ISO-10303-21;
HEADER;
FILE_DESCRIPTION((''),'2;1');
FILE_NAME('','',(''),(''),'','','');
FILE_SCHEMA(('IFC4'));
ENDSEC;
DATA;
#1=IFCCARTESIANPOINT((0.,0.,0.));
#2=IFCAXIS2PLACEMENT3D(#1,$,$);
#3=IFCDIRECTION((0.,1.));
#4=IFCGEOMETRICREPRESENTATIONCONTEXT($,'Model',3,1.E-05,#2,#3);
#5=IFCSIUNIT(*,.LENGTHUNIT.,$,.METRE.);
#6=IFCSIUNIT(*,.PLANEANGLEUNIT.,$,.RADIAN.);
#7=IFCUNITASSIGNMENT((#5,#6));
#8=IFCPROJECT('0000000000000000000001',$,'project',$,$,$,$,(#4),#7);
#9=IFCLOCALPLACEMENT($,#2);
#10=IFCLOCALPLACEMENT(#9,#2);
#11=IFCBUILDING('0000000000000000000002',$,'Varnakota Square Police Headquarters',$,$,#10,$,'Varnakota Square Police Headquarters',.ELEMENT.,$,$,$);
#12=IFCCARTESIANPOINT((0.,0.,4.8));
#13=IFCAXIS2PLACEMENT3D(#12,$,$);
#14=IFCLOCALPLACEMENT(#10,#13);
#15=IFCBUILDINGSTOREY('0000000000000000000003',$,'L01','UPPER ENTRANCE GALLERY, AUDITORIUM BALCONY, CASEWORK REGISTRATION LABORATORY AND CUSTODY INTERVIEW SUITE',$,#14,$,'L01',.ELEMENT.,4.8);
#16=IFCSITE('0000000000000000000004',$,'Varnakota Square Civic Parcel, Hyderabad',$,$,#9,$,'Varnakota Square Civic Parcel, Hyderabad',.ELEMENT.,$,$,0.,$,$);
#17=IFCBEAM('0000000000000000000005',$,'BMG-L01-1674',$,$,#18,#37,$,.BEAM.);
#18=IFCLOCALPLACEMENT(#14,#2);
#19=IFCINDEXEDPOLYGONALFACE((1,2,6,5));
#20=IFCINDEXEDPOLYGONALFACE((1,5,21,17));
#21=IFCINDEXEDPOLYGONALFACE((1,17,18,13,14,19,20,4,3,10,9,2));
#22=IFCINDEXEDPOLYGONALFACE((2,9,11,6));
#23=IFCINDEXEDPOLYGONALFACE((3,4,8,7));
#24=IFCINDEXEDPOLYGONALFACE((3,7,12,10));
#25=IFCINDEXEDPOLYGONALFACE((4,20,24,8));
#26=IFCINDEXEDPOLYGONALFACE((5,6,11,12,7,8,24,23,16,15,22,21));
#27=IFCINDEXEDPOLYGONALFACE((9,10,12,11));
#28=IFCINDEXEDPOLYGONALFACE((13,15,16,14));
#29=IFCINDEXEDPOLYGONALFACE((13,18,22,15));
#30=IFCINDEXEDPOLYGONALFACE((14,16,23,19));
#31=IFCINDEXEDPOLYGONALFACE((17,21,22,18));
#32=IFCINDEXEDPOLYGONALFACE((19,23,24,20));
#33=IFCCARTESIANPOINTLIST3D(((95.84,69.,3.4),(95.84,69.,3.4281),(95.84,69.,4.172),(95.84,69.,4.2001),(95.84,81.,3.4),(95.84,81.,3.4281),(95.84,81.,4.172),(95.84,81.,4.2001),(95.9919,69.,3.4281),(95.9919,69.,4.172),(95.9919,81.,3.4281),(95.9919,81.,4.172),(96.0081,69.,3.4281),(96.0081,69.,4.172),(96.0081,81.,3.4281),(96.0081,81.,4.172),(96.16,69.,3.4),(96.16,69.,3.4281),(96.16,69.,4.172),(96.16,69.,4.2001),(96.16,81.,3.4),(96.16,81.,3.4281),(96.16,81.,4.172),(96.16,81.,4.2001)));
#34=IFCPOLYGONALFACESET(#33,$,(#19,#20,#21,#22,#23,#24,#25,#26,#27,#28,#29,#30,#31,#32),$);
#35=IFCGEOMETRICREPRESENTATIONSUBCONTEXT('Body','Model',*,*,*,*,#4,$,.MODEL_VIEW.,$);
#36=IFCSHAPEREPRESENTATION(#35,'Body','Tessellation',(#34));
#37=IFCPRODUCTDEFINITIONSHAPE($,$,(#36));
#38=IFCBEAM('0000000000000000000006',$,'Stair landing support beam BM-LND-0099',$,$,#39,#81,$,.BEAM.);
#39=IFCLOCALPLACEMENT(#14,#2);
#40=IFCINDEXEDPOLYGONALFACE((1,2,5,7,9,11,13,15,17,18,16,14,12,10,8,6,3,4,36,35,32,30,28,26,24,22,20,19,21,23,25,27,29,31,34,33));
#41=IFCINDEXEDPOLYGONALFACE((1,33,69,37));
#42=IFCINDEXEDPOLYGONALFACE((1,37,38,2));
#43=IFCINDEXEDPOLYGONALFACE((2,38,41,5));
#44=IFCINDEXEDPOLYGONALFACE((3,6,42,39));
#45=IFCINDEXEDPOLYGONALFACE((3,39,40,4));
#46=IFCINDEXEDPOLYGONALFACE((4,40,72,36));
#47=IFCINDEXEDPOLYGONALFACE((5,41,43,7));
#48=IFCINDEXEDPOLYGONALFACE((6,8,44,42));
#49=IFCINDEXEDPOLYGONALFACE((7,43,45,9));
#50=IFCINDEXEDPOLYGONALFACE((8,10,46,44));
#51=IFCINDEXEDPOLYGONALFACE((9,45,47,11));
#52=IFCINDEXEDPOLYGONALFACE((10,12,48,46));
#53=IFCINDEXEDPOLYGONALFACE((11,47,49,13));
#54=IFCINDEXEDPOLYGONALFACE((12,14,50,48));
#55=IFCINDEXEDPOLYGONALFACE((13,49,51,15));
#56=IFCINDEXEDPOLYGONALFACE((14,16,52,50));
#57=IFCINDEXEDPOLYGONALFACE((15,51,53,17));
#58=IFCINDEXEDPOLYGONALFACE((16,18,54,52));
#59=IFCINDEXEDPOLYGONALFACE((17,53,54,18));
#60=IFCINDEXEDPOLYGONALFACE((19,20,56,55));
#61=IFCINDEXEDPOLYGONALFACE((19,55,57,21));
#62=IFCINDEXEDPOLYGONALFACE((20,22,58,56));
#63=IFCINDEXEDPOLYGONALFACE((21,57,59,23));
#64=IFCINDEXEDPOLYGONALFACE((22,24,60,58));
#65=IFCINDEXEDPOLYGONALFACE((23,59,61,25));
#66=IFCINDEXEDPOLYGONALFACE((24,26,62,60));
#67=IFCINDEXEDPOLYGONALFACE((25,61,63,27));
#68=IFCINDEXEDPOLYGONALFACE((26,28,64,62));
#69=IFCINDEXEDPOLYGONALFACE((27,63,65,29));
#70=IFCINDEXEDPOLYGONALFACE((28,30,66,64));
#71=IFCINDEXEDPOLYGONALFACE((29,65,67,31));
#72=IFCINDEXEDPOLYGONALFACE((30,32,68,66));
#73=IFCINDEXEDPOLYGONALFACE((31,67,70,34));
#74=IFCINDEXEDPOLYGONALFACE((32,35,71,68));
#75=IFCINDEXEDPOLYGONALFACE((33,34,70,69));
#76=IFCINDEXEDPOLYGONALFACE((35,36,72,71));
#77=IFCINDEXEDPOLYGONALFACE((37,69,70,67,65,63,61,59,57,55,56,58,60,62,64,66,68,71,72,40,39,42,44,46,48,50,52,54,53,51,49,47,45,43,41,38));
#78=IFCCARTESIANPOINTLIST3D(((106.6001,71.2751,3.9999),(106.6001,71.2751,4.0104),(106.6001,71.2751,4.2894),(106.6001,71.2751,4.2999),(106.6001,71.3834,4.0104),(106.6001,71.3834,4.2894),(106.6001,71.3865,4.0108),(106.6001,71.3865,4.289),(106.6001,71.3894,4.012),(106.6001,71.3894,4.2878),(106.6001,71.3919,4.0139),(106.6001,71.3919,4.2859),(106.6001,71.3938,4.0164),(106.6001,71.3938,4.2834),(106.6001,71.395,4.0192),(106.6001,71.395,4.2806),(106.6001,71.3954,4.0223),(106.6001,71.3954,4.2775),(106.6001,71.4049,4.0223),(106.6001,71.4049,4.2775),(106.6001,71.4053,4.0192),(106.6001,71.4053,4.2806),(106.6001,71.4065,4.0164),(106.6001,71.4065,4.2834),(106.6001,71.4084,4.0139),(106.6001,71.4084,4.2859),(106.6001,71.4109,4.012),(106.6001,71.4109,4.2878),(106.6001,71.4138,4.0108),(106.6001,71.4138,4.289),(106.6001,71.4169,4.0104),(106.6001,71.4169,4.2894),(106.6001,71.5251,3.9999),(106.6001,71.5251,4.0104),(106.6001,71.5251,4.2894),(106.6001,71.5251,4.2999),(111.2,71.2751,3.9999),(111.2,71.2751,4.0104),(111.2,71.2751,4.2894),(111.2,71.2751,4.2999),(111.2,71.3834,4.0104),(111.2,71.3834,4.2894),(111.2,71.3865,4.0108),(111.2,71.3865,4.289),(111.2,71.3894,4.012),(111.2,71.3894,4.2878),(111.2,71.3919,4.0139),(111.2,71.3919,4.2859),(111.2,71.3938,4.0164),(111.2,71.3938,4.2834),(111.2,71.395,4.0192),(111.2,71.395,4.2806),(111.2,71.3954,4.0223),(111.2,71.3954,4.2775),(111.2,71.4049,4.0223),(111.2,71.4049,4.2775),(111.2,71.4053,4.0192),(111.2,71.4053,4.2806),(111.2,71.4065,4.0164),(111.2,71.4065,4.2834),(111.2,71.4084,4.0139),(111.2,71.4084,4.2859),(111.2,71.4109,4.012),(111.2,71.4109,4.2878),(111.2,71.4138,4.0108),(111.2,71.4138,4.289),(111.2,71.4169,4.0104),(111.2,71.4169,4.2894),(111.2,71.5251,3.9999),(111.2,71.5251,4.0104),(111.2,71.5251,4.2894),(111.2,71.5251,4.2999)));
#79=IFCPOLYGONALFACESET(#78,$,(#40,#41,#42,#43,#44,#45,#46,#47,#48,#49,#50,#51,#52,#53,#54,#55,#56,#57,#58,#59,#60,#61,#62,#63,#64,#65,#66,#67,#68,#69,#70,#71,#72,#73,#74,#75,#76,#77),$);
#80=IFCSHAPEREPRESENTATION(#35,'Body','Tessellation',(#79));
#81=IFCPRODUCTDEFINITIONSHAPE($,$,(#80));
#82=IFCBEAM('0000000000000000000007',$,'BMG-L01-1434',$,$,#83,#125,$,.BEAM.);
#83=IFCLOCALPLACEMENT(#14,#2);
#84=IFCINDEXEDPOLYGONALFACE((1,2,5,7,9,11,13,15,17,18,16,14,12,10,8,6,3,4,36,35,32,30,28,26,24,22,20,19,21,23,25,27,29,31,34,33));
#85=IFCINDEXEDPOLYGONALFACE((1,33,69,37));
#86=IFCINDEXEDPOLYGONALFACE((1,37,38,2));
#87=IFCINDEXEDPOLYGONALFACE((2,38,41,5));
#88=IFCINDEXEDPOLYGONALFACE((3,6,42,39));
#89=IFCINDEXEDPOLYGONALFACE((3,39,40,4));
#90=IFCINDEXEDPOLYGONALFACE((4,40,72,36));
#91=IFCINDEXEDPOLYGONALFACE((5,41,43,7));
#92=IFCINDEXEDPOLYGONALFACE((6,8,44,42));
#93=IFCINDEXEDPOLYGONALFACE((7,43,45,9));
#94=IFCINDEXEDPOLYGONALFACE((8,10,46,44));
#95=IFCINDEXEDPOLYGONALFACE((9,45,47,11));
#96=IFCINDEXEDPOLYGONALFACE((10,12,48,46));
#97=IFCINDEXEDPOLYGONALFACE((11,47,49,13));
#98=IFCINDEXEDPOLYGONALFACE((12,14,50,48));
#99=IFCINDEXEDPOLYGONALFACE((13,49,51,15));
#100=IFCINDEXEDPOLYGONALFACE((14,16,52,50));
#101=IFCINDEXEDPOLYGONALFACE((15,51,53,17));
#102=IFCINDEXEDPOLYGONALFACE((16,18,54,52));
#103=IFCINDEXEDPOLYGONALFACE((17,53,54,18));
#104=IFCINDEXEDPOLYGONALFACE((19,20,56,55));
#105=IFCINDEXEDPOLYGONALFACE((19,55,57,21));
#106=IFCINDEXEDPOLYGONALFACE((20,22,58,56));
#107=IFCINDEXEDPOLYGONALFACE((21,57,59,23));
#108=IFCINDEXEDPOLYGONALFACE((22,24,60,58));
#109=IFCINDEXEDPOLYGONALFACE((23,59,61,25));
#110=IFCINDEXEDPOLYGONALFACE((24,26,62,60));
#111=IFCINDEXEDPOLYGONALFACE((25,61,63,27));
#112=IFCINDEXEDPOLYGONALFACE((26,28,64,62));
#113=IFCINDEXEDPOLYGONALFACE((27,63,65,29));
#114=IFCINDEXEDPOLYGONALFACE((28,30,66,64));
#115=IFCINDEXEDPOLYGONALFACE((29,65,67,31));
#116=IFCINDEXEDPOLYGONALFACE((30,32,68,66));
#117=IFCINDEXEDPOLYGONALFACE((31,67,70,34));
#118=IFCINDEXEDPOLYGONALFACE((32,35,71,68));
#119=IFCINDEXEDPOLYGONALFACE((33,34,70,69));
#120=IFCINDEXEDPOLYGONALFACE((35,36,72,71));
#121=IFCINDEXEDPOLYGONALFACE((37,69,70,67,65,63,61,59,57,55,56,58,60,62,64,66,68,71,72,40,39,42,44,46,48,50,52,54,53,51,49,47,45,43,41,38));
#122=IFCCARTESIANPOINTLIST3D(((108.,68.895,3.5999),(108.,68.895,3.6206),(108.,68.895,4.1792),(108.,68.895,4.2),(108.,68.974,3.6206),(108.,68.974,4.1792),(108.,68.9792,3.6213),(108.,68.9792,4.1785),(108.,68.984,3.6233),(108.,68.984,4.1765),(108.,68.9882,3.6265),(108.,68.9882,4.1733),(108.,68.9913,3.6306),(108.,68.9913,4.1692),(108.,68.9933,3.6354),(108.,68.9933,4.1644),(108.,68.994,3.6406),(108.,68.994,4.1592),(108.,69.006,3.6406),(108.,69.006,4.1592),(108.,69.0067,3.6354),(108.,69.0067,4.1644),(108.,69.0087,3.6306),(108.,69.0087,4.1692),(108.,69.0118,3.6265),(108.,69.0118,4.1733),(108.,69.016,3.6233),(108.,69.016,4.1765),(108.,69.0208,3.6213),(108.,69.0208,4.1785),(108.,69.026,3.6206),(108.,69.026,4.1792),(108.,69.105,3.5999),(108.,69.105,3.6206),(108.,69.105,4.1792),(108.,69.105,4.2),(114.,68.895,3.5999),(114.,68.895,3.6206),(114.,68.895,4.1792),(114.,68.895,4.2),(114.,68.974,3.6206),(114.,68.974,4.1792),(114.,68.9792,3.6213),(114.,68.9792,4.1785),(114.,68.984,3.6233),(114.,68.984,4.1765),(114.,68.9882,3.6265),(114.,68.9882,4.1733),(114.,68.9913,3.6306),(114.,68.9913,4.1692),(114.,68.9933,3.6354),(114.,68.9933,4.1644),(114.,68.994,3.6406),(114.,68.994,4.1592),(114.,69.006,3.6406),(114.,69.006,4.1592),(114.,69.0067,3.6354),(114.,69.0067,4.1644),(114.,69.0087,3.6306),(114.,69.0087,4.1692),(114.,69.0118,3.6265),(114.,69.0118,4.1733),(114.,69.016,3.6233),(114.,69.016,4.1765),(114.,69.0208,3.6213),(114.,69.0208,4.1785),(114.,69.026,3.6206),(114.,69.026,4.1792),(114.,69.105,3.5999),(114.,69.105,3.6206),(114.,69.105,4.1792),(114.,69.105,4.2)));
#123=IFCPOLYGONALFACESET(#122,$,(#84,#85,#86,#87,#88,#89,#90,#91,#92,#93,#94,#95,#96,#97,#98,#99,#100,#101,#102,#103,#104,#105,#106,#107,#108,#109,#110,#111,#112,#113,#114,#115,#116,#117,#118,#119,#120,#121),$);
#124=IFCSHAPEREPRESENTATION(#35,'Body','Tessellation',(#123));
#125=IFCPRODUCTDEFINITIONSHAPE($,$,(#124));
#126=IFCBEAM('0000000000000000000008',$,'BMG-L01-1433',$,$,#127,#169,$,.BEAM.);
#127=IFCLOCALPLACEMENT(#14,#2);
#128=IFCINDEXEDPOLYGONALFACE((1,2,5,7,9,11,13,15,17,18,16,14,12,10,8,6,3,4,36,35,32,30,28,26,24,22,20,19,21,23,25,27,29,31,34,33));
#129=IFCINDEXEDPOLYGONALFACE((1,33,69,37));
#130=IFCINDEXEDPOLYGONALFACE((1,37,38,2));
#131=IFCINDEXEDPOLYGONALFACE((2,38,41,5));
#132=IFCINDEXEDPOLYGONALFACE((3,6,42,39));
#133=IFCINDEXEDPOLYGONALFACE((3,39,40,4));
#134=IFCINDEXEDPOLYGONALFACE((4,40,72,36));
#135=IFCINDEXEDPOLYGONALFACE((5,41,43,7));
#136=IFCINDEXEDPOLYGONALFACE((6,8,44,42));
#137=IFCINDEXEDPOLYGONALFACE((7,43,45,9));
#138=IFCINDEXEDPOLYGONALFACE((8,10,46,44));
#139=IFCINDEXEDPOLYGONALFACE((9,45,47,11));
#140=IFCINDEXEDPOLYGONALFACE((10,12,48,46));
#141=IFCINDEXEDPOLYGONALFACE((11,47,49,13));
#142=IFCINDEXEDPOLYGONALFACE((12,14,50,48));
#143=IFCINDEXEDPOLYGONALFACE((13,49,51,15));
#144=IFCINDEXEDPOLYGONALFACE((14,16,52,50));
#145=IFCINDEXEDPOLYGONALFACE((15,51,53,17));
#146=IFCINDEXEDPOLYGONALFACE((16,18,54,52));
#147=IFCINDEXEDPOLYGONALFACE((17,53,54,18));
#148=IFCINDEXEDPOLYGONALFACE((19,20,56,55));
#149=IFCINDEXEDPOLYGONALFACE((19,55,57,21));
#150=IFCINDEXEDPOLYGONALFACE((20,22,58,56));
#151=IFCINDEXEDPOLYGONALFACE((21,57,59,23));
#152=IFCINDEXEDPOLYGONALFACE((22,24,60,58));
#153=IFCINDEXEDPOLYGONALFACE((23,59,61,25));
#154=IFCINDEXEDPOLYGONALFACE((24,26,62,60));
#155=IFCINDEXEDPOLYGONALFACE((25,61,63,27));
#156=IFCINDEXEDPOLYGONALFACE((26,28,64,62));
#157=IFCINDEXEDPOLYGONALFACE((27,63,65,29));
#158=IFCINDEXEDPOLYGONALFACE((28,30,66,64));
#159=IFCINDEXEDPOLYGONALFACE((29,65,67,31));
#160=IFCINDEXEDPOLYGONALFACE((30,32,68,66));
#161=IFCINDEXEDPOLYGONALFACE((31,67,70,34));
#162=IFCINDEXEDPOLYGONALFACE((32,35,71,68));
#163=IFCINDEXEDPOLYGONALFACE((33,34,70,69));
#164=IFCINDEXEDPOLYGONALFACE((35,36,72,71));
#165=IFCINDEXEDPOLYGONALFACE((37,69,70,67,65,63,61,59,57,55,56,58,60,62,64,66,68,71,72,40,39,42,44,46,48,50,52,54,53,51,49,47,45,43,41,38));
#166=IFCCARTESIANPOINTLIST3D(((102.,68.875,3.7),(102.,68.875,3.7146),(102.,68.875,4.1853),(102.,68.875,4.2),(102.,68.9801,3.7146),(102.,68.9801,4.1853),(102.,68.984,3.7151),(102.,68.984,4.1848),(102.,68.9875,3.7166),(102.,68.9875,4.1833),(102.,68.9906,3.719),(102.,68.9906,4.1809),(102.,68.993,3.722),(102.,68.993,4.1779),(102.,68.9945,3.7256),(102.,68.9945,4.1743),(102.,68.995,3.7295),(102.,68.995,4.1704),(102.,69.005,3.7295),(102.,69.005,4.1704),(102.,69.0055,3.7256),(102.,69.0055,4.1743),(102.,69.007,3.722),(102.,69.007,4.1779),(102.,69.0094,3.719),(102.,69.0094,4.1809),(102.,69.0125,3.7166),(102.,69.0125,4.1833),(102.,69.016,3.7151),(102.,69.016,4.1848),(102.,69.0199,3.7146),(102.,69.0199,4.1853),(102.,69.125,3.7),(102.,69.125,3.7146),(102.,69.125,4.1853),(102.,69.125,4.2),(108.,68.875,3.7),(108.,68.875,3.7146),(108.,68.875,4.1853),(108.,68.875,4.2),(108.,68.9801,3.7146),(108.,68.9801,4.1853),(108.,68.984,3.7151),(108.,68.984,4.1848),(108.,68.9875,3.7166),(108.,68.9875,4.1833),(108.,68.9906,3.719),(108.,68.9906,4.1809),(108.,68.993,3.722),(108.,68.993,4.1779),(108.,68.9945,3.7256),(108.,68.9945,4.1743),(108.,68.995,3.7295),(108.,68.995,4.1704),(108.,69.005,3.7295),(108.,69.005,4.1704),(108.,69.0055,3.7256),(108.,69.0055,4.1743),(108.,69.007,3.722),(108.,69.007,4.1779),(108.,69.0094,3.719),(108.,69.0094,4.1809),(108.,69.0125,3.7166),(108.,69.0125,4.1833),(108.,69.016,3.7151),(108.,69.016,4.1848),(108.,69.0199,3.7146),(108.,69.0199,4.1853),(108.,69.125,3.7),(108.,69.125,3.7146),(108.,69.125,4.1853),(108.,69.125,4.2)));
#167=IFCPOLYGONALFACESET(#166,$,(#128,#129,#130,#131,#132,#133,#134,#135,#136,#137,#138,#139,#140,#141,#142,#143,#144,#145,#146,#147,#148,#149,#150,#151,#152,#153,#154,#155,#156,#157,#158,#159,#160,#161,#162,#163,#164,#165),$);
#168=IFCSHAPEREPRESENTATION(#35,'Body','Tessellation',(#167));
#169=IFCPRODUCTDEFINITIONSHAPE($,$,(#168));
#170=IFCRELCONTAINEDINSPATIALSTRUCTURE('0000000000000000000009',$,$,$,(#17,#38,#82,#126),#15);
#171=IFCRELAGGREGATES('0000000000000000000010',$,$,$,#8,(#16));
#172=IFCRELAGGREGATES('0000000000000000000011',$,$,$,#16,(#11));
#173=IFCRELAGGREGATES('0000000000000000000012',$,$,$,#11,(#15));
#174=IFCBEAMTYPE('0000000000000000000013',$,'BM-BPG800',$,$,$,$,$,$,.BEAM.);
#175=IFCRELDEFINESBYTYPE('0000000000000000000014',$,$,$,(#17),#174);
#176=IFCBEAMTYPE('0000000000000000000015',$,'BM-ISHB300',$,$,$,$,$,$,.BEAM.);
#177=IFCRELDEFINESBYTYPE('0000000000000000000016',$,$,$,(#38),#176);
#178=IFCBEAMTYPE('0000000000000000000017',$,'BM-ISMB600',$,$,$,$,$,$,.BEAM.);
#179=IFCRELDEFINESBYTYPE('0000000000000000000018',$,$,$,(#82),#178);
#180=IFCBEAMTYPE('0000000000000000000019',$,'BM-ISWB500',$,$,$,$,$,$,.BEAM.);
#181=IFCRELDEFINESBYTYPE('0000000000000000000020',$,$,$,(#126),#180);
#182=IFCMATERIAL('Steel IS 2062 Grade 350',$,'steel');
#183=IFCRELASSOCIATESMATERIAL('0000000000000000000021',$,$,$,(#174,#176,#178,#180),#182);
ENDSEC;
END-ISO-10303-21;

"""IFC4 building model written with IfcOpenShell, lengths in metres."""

from ifc_helpers import new_model, si_unit, direction, frame, origin, origin_2d, place, context, subcontext, project, spatial, i_section, extrude, material, material_profile, profile_set, type_object, element, save


model = new_model("IFC4")

# Units and contexts
model_context = context("Model", 3, precision=1e-05, world=origin(), true_north=direction((0.0, 1.0)))
body_context = subcontext(model_context, "Body", "Model", "MODEL_VIEW")
ifc_project = project(units=[si_unit("LENGTHUNIT", "METRE"), si_unit("PLANEANGLEUNIT", "RADIAN")], contexts=[model_context])

# Site, building, storey
site_placement = place(None, origin())
site = spatial("IfcSite", under=ifc_project, at=site_placement, Name="Varnakota Square Civic Parcel, Hyderabad", LongName="Varnakota Square Civic Parcel, Hyderabad", CompositionType="ELEMENT", RefElevation=0.0)
building_placement = place(site_placement, origin())
building = spatial("IfcBuilding", under=site, at=building_placement, Name="Varnakota Square Police Headquarters", LongName="Varnakota Square Police Headquarters", CompositionType="ELEMENT")
storey_placement = place(building_placement, frame((0.0, 0.0, 4.8)))
storey = spatial("IfcBuildingStorey", under=building, at=storey_placement, Name="L01", Description="UPPER ENTRANCE GALLERY, AUDITORIUM BALCONY, CASEWORK REGISTRATION LABORATORY AND CUSTODY INTERVIEW SUITE", LongName="L01", CompositionType="ELEMENT", Elevation=4.8)

# Shared definitions
ifc_material_1 = material(Name="Steel IS 2062 Grade 350", Category="steel")

# Beams
ifc_material_profile_1 = material_profile(ifc_material_1, i_section(OverallWidth=0.3201, OverallDepth=0.8, WebThickness=0.0161, FlangeThickness=0.0281, at=origin_2d()), Name="BPG 800x320")
ifc_profile_set_1 = profile_set([ifc_material_profile_1], Name="Steel IS 2062 Grade 350")
beam_type_1 = type_object("IfcBeamType", Name="BM-BPG800", PredefinedType="BEAM", material=ifc_profile_set_1)
beam_1_placement = place(storey_placement, frame((96.0, 69.0, 3.8), z_axis=(0.0, 1.0, 0.0), x_axis=(-1.0, 0.0, 0.0)))
element("IfcBeam", 1, at=beam_1_placement, inside=storey, type_object=beam_type_1, Name="BMG-L01-1674", PredefinedType="BEAM", context=body_context, shape_type="SweptSolid", body=[
    extrude(i_section(OverallWidth=0.3201, OverallDepth=0.8, WebThickness=0.0161, FlangeThickness=0.0281, at=origin_2d()), origin(), (0.0, 0.0, 1.0), 12.0),
])
ifc_material_profile_2 = material_profile(ifc_material_1, i_section(OverallWidth=0.25, OverallDepth=0.3, WebThickness=0.0095, FlangeThickness=0.0105, FilletRadius=0.012, at=origin_2d()), Name="ISHB 300")
ifc_profile_set_2 = profile_set([ifc_material_profile_2], Name="Steel IS 2062 Grade 350")
beam_type_2 = type_object("IfcBeamType", Name="BM-ISHB300", PredefinedType="BEAM", material=ifc_profile_set_2)
beam_2_placement = place(storey_placement, frame((106.6001, 71.4001, 4.1499), z_axis=(1.0, 0.0, 0.0), x_axis=(0.0, 1.0, 0.0)))
element("IfcBeam", 2, at=beam_2_placement, inside=storey, type_object=beam_type_2, Name="Stair landing support beam BM-LND-0099", PredefinedType="BEAM", context=body_context, shape_type="SweptSolid", body=[
    extrude(i_section(OverallWidth=0.25, OverallDepth=0.3, WebThickness=0.0095, FlangeThickness=0.0105, FilletRadius=0.012, at=origin_2d()), origin(), (0.0, 0.0, 1.0), 4.5999),
])
ifc_material_profile_3 = material_profile(ifc_material_1, i_section(OverallWidth=0.21, OverallDepth=0.6001, WebThickness=0.012, FlangeThickness=0.0208, FilletRadius=0.02, at=origin_2d()), Name="ISMB 600")
ifc_profile_set_3 = profile_set([ifc_material_profile_3], Name="Steel IS 2062 Grade 350")
beam_type_3 = type_object("IfcBeamType", Name="BM-ISMB600", PredefinedType="BEAM", material=ifc_profile_set_3)
beam_3_placement = place(storey_placement, frame((108.0, 69.0, 3.8999), z_axis=(1.0, 0.0, 0.0), x_axis=(0.0, 1.0, 0.0)))
element("IfcBeam", 3, at=beam_3_placement, inside=storey, type_object=beam_type_3, Name="BMG-L01-1434", PredefinedType="BEAM", context=body_context, shape_type="SweptSolid", body=[
    extrude(i_section(OverallWidth=0.21, OverallDepth=0.6001, WebThickness=0.012, FlangeThickness=0.0208, FilletRadius=0.02, at=origin_2d()), origin(), (0.0, 0.0, 1.0), 6.0),
])
ifc_material_profile_4 = material_profile(ifc_material_1, i_section(OverallWidth=0.25, OverallDepth=0.5, WebThickness=0.01, FlangeThickness=0.0146, FilletRadius=0.0149, at=origin_2d()), Name="ISWB 500")
ifc_profile_set_4 = profile_set([ifc_material_profile_4], Name="Steel IS 2062 Grade 350")
beam_type_4 = type_object("IfcBeamType", Name="BM-ISWB500", PredefinedType="BEAM", material=ifc_profile_set_4)
beam_4_placement = place(storey_placement, frame((102.0, 69.0, 3.95), z_axis=(1.0, 0.0, 0.0), x_axis=(0.0, 1.0, 0.0)))
element("IfcBeam", 4, at=beam_4_placement, inside=storey, type_object=beam_type_4, Name="BMG-L01-1433", PredefinedType="BEAM", context=body_context, shape_type="SweptSolid", body=[
    extrude(i_section(OverallWidth=0.25, OverallDepth=0.5, WebThickness=0.01, FlangeThickness=0.0146, FilletRadius=0.0149, at=origin_2d()), origin(), (0.0, 0.0, 1.0), 6.0),
])

save(model, "model.ifc")
